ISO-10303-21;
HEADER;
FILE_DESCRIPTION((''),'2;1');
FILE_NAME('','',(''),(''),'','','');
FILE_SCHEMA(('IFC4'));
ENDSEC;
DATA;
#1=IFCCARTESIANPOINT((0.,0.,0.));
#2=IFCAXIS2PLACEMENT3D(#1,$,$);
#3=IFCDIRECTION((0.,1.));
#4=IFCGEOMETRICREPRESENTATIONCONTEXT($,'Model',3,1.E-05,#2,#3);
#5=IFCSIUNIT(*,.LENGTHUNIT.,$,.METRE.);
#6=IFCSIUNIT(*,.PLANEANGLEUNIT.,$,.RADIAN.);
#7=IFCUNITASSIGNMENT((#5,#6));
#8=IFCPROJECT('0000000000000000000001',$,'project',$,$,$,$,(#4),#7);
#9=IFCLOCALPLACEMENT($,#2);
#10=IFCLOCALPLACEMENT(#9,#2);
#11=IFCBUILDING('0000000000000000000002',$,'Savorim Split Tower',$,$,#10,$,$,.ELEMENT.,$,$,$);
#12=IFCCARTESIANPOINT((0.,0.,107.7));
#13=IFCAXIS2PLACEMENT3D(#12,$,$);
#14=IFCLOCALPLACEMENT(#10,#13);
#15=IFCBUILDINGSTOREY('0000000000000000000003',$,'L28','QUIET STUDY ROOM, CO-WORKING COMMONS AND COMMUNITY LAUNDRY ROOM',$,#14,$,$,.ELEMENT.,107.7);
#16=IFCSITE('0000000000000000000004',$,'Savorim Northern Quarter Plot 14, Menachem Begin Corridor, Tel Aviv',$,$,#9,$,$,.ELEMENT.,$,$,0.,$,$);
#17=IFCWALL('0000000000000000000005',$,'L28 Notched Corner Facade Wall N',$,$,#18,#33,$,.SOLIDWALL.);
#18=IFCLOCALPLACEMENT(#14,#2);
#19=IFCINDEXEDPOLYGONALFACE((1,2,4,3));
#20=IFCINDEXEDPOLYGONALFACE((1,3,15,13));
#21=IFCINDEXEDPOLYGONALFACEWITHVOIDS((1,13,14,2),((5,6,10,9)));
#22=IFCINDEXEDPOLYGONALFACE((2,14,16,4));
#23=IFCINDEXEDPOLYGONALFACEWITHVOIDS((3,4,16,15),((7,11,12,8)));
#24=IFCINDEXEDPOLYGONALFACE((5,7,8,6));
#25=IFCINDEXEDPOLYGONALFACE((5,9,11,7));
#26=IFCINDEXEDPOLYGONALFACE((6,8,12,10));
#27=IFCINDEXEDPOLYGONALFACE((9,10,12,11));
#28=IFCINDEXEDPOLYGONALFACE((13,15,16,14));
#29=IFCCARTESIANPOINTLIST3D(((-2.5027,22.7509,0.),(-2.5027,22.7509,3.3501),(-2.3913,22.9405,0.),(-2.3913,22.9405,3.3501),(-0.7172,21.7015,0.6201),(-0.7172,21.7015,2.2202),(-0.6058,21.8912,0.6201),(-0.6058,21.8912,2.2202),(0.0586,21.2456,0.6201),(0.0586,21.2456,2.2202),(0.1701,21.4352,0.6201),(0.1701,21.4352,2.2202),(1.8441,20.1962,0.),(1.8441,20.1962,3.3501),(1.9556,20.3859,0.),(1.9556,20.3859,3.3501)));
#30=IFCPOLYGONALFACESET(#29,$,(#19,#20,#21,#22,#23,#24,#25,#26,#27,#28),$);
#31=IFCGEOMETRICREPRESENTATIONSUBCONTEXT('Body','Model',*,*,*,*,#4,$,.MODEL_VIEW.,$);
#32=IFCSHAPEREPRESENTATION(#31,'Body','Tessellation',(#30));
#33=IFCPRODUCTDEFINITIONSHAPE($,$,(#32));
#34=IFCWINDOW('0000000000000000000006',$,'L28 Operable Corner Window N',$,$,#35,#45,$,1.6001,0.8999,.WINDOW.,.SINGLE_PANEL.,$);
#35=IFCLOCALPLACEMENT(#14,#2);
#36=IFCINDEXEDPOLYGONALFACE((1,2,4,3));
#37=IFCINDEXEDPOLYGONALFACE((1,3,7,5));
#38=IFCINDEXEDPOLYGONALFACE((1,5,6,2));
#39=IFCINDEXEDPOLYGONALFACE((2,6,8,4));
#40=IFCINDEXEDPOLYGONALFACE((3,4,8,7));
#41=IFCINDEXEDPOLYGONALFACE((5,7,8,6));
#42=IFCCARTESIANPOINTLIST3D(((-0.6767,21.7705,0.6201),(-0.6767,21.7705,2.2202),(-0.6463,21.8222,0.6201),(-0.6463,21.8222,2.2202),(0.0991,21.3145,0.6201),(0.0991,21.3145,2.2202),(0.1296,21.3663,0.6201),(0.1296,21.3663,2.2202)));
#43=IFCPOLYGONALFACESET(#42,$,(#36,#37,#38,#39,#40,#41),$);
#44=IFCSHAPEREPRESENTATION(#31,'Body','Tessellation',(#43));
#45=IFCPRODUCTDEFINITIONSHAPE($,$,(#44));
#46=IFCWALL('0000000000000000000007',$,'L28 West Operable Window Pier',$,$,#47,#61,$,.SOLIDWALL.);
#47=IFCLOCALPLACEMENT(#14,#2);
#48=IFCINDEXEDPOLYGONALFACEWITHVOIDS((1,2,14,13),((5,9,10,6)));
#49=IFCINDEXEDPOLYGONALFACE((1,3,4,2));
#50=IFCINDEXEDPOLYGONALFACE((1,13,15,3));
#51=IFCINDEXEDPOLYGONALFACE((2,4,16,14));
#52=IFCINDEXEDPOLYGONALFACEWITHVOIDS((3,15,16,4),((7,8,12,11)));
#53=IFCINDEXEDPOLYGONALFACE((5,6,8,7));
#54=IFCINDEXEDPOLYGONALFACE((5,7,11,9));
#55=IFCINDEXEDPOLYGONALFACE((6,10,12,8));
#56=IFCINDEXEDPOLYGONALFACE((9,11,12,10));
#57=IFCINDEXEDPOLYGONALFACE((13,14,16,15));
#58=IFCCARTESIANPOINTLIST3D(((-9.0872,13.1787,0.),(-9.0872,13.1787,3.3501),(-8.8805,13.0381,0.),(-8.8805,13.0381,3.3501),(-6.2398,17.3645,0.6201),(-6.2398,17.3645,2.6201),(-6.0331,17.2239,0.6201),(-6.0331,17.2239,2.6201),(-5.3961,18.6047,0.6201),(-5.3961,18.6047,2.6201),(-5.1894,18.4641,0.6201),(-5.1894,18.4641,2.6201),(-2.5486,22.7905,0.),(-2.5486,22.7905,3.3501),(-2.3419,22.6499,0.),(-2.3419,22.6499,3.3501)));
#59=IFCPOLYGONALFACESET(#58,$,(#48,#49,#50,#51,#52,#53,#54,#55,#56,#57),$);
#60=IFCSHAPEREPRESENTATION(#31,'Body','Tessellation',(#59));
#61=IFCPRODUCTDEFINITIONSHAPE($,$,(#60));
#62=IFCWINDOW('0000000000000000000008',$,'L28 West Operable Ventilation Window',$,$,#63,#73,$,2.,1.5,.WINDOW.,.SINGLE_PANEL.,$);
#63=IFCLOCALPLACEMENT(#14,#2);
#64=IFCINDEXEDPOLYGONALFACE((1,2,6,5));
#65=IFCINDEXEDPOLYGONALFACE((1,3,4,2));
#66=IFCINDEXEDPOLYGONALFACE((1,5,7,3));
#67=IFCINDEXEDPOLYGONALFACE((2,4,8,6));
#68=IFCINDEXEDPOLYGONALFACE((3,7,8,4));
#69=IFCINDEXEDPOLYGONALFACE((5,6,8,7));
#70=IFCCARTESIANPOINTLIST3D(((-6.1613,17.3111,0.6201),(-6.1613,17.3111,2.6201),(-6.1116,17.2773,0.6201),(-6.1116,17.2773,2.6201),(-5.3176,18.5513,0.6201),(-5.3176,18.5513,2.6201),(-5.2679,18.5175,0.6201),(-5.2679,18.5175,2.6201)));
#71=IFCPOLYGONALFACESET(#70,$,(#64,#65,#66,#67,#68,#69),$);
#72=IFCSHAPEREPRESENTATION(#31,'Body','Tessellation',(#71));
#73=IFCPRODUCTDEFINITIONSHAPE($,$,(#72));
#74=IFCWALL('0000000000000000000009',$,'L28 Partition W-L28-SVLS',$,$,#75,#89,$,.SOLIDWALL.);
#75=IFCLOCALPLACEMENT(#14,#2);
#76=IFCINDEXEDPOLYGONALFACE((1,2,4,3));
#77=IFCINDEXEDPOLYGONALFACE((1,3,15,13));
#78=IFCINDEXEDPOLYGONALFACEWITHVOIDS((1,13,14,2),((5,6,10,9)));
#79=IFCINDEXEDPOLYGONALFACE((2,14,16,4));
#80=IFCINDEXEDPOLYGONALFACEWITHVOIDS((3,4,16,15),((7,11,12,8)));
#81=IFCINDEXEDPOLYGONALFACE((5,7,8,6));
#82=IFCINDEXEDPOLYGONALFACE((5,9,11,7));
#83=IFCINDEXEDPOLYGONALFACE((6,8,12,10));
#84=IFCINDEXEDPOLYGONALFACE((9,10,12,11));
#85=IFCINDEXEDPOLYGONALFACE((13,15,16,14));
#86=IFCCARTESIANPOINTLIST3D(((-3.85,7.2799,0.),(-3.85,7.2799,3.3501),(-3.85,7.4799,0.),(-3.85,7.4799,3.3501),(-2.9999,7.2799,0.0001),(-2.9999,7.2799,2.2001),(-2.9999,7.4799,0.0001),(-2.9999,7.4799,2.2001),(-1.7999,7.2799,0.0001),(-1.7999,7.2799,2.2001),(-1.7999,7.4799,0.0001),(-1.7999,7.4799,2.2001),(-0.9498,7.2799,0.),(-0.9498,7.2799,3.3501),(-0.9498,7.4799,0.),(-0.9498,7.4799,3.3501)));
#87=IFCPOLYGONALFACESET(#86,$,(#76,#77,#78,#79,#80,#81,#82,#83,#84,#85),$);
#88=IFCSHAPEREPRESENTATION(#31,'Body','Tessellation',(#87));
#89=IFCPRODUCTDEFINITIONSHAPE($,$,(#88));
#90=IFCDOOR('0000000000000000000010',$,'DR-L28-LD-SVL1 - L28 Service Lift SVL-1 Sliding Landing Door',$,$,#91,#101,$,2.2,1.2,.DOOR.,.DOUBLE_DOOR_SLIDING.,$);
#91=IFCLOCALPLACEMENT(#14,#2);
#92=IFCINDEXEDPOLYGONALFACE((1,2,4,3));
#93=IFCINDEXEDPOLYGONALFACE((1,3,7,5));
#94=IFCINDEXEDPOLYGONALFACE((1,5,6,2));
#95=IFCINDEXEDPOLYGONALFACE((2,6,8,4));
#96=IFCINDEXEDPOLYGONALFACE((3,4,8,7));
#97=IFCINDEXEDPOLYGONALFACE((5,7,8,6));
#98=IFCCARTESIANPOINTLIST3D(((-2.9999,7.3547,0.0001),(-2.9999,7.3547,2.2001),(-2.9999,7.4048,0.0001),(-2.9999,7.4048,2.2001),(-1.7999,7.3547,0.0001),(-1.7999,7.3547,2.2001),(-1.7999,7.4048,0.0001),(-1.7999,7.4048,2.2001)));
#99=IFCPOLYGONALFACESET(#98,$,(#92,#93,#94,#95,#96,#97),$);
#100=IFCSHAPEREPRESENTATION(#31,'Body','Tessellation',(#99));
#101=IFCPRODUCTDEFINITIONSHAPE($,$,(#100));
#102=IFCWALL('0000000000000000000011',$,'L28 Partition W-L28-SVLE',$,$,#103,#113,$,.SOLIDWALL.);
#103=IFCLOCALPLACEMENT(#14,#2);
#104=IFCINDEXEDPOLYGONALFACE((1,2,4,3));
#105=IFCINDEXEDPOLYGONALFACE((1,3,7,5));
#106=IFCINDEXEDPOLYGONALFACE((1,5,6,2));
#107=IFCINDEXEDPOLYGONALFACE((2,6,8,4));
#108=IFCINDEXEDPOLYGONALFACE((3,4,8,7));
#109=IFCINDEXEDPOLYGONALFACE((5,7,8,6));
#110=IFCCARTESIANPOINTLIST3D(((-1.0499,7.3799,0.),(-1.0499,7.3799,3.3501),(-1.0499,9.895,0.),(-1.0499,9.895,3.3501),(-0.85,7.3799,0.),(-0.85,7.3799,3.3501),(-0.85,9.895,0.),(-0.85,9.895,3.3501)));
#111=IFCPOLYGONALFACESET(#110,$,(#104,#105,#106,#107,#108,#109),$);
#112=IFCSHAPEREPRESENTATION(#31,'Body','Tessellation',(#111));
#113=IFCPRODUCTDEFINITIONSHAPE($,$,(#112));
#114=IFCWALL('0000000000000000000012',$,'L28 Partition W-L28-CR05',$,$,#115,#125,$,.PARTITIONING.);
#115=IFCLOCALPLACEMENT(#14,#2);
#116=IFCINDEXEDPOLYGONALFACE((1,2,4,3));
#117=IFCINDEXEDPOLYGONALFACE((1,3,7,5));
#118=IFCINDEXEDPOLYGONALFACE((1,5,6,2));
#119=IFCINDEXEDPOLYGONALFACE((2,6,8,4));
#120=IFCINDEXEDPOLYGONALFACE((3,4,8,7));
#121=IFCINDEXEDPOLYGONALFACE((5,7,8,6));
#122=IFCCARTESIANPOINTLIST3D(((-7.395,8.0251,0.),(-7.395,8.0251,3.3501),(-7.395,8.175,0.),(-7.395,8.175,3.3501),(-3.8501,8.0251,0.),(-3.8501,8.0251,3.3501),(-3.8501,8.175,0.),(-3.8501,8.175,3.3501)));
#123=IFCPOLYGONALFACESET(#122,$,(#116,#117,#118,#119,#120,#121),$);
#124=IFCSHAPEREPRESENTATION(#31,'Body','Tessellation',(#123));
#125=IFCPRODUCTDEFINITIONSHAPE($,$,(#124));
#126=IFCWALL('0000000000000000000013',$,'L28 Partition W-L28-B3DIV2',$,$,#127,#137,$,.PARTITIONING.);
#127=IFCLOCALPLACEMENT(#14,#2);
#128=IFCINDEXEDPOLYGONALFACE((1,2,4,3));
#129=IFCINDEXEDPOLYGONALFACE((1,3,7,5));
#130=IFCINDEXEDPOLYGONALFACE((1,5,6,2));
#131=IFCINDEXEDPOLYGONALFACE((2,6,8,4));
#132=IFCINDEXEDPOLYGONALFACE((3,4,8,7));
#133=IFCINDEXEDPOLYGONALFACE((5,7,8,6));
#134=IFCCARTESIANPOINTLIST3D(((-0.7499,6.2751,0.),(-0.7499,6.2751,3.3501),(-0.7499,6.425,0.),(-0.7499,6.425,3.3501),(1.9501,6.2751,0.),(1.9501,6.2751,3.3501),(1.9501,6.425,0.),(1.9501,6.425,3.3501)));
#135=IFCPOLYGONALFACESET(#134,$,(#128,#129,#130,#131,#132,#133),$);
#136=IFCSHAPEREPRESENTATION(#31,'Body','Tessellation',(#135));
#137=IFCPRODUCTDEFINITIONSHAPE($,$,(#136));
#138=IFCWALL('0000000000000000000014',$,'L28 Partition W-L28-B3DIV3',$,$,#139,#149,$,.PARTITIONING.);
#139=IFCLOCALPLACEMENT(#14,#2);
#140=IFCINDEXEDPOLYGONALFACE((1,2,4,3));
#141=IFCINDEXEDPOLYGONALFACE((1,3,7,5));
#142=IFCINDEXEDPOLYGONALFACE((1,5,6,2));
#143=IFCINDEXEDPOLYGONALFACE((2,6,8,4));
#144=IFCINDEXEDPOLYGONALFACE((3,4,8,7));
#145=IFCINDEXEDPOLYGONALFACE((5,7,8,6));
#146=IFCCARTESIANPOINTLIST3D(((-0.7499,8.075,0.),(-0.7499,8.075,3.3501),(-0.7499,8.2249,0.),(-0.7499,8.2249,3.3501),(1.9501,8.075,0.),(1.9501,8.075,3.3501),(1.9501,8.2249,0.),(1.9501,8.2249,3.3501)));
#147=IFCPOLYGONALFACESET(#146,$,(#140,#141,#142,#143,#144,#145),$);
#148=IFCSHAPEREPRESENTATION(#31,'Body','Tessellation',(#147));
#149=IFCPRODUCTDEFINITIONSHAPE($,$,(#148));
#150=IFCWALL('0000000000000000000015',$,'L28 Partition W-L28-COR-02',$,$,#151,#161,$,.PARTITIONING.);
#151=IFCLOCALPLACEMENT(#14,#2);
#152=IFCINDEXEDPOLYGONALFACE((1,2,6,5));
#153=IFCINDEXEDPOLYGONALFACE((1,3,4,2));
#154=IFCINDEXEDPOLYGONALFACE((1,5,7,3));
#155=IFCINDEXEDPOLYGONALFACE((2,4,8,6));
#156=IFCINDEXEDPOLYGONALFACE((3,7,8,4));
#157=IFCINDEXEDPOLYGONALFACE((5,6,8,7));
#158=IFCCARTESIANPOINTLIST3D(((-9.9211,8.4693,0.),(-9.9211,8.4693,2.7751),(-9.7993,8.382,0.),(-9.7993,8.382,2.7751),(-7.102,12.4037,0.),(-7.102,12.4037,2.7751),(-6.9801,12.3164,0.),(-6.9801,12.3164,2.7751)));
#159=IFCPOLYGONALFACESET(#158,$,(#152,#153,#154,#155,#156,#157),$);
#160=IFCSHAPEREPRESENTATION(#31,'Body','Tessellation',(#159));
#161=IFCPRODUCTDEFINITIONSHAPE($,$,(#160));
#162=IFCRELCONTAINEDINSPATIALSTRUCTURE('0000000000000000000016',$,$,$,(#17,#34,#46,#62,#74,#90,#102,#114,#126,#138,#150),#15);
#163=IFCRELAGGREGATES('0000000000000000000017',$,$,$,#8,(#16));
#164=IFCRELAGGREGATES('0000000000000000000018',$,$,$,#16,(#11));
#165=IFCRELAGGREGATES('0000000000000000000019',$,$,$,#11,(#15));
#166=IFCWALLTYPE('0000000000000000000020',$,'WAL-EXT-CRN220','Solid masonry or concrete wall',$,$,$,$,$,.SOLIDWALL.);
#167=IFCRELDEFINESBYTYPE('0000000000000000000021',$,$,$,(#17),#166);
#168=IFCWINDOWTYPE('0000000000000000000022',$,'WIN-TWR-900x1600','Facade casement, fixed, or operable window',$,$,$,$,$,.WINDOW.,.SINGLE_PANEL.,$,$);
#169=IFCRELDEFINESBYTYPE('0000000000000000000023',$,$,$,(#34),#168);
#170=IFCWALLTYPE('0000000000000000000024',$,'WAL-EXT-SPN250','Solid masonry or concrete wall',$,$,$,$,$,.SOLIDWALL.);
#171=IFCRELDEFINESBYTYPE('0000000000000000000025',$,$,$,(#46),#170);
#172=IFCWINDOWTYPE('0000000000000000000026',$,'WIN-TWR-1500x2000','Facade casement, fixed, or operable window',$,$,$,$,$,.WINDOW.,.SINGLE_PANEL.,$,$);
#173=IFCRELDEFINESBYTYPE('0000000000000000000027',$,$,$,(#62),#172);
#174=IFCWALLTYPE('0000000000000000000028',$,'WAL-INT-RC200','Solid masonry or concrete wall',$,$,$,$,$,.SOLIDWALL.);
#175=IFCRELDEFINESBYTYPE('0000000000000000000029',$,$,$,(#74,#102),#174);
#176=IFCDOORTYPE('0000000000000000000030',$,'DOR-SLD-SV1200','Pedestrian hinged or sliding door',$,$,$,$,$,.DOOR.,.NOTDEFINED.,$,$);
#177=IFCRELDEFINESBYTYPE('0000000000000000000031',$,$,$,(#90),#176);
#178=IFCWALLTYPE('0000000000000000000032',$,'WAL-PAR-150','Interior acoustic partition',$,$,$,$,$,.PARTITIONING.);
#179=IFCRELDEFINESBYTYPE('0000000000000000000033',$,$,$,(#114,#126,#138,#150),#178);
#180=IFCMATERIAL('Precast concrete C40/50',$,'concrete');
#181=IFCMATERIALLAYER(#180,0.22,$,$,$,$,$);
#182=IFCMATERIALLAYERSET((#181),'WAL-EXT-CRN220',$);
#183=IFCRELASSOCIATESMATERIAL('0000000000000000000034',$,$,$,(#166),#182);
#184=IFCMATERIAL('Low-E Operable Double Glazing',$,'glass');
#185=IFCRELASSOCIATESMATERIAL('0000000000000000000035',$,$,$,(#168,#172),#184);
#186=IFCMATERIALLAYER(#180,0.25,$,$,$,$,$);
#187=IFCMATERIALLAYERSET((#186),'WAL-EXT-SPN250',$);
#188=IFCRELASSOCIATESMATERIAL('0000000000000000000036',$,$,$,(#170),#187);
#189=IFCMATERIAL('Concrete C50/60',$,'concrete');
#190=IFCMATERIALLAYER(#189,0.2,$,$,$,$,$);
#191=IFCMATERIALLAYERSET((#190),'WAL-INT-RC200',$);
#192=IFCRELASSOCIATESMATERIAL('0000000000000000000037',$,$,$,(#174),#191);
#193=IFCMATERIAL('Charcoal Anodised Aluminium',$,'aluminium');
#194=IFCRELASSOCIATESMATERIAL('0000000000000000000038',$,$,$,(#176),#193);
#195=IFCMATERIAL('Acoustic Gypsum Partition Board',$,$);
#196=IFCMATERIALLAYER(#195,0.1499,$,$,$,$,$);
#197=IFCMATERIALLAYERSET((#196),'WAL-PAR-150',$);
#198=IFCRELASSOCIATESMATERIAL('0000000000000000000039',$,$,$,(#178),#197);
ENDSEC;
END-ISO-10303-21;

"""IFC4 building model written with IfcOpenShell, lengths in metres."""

from ifc_helpers import new_model, si_unit, direction, frame, frame_2d, origin, place, context, subcontext, project, spatial, rectangle, extrude, material, layer, layer_set, type_object, element, fill, save


model = new_model("IFC4")

# Units and contexts
model_context = context("Model", 3, precision=1e-05, world=origin(), true_north=direction((0.0, 1.0)))
body_context = subcontext(model_context, "Body", "Model", "MODEL_VIEW")
ifc_project = project(units=[si_unit("LENGTHUNIT", "METRE"), si_unit("PLANEANGLEUNIT", "RADIAN")], contexts=[model_context])

# Site, building, storey
site_placement = place(None, origin())
site = spatial("IfcSite", under=ifc_project, at=site_placement, Name="Savorim Northern Quarter Plot 14, Menachem Begin Corridor, Tel Aviv", CompositionType="ELEMENT", RefElevation=0.0)
building_placement = place(site_placement, origin())
building = spatial("IfcBuilding", under=site, at=building_placement, Name="Savorim Split Tower", CompositionType="ELEMENT")
storey_placement = place(building_placement, frame((0.0, 0.0, 107.7)))
storey = spatial("IfcBuildingStorey", under=building, at=storey_placement, Name="L28", Description="QUIET STUDY ROOM, CO-WORKING COMMONS AND COMMUNITY LAUNDRY ROOM", CompositionType="ELEMENT", Elevation=107.7)

# Shared definitions
ifc_material_1 = material(Name="Charcoal Anodised Aluminium", Category="aluminium")

# Walls, openings, windows
ifc_material_2 = material(Name="Precast concrete C40/50", Category="concrete")
ifc_layer_1 = layer(ifc_material_2, 0.22)
ifc_layer_set_1 = layer_set([ifc_layer_1], Name="WAL-EXT-CRN220")
wall_type_1 = type_object("IfcWallType", Name="WAL-EXT-CRN220", Description="Solid masonry or concrete wall", PredefinedType="SOLIDWALL", material=ifc_layer_set_1)
wall_1_placement = place(storey_placement, frame((-2.447, 22.8457, 0.0), z_axis=(0.0, 0.0, 1.0), x_axis=(0.862136, -0.506677, 0.0)))
wall_1 = element("IfcWall", 1, at=wall_1_placement, inside=storey, type_object=wall_type_1, Name="L28 Notched Corner Facade Wall N", PredefinedType="SOLIDWALL", context=body_context, shape_type="SweptSolid", body=[
    extrude(rectangle(XDim=5.042, YDim=0.22, at=frame_2d((2.521, 0.0))), origin(), (0.0, 0.0, 1.0), 3.3501),
])
opening_1_placement = place(wall_1_placement, frame((2.071, 0.0, 0.6201)))
opening_1 = element("IfcOpeningElement", 2, at=opening_1_placement, cuts=wall_1, PredefinedType="OPENING", context=body_context, shape_type="SweptSolid", body=[
    extrude(rectangle(XDim=0.8999, YDim=1.6001, at=frame_2d((0.45, 0.8))), frame((0.0, 0.1199, 0.0), z_axis=(0.0, -1.0, 0.0), x_axis=(1.0, 0.0, 0.0)), (0.0, 0.0, 1.0), 0.24),
])
ifc_material_3 = material(Name="Low-E Operable Double Glazing", Category="glass")
window_type_1 = type_object("IfcWindowType", Name="WIN-TWR-900x1600", Description="Facade casement, fixed, or operable window", PartitioningType="SINGLE_PANEL", PredefinedType="WINDOW", material=ifc_material_3)
window_1_placement = place(opening_1_placement, origin())
window_1 = element("IfcWindow", 3, at=window_1_placement, inside=storey, type_object=window_type_1, Name="L28 Operable Corner Window N", OverallHeight=1.6001, OverallWidth=0.8999, PartitioningType="SINGLE_PANEL", PredefinedType="WINDOW", context=body_context, shape_type="SweptSolid", body=[
    extrude(rectangle(XDim=0.8999, YDim=1.6001, at=frame_2d((0.45, 0.8))), frame((0.0, 0.03, 0.0), z_axis=(0.0, -1.0, 0.0), x_axis=(1.0, 0.0, 0.0)), (0.0, 0.0, 1.0), 0.0601),
])
fill(opening_1, window_1)
ifc_layer_2 = layer(ifc_material_2, 0.25)
ifc_layer_set_2 = layer_set([ifc_layer_2], Name="WAL-EXT-SPN250")
wall_type_2 = type_object("IfcWallType", Name="WAL-EXT-SPN250", Description="Solid masonry or concrete wall", PredefinedType="SOLIDWALL", material=ifc_layer_set_2)
wall_2_placement = place(storey_placement, frame((-8.9839, 13.1084, 0.0), z_axis=(0.0, 0.0, 1.0), x_axis=(0.562459, 0.826825, 0.0)))
wall_2 = element("IfcWall", 4, at=wall_2_placement, inside=storey, type_object=wall_type_2, Name="L28 West Operable Window Pier", PredefinedType="SOLIDWALL", context=body_context, shape_type="SweptSolid", body=[
    extrude(rectangle(XDim=11.625, YDim=0.25, at=frame_2d((5.8125, 0.0))), origin(), (0.0, 0.0, 1.0), 3.3501),
])
opening_2_placement = place(wall_2_placement, frame((5.0625, 0.0, 0.6201)))
opening_2 = element("IfcOpeningElement", 5, at=opening_2_placement, cuts=wall_2, PredefinedType="OPENING", context=body_context, shape_type="SweptSolid", body=[
    extrude(rectangle(XDim=1.5, YDim=2.0, at=frame_2d((0.75, 1.0))), frame((0.0, 0.135, 0.0), z_axis=(0.0, -1.0, 0.0), x_axis=(1.0, 0.0, 0.0)), (0.0, 0.0, 1.0), 0.27),
])
window_type_2 = type_object("IfcWindowType", Name="WIN-TWR-1500x2000", Description="Facade casement, fixed, or operable window", PartitioningType="SINGLE_PANEL", PredefinedType="WINDOW", material=ifc_material_3)
window_2_placement = place(opening_2_placement, origin())
window_2 = element("IfcWindow", 6, at=window_2_placement, inside=storey, type_object=window_type_2, Name="L28 West Operable Ventilation Window", OverallHeight=2.0, OverallWidth=1.5, PartitioningType="SINGLE_PANEL", PredefinedType="WINDOW", context=body_context, shape_type="SweptSolid", body=[
    extrude(rectangle(XDim=1.5, YDim=2.0, at=frame_2d((0.75, 1.0))), frame((0.0, 0.03, 0.0), z_axis=(0.0, -1.0, 0.0), x_axis=(1.0, 0.0, 0.0)), (0.0, 0.0, 1.0), 0.0601),
])
fill(opening_2, window_2)

# Wall, opening, door
ifc_material_4 = material(Name="Concrete C50/60", Category="concrete")
ifc_layer_3 = layer(ifc_material_4, 0.2)
ifc_layer_set_3 = layer_set([ifc_layer_3], Name="WAL-INT-RC200")
wall_type_3 = type_object("IfcWallType", Name="WAL-INT-RC200", Description="Solid masonry or concrete wall", PredefinedType="SOLIDWALL", material=ifc_layer_set_3)
wall_3_placement = place(storey_placement, frame((-3.8501, 7.3799, 0.0), z_axis=(0.0, 0.0, 1.0), x_axis=(1.0, 0.0, 0.0)))
wall_3 = element("IfcWall", 7, at=wall_3_placement, inside=storey, type_object=wall_type_3, Name="L28 Partition W-L28-SVLS", PredefinedType="SOLIDWALL", context=body_context, shape_type="SweptSolid", body=[
    extrude(rectangle(XDim=2.9001, YDim=0.2, at=frame_2d((1.4502, 0.0))), origin(), (0.0, 0.0, 1.0), 3.3501),
])
opening_3_placement = place(wall_3_placement, frame((0.8501, 0.0, 0.0)))
opening_3 = element("IfcOpeningElement", 8, at=opening_3_placement, cuts=wall_3, PredefinedType="OPENING", context=body_context, shape_type="SweptSolid", body=[
    extrude(rectangle(XDim=1.2, YDim=2.2, at=frame_2d((0.6001, 1.1001))), frame((0.0, 0.1099, 0.0), z_axis=(0.0, -1.0, 0.0), x_axis=(1.0, 0.0, 0.0)), (0.0, 0.0, 1.0), 0.22),
])
door_type_1 = type_object("IfcDoorType", Name="DOR-SLD-SV1200", Description="Pedestrian hinged or sliding door", OperationType="NOTDEFINED", PredefinedType="DOOR", material=ifc_material_1)
door_1_placement = place(opening_3_placement, origin())
door_1 = element("IfcDoor", 9, at=door_1_placement, inside=storey, type_object=door_type_1, Name="DR-L28-LD-SVL1 - L28 Service Lift SVL-1 Sliding Landing Door", OperationType="DOUBLE_DOOR_SLIDING", OverallHeight=2.2, OverallWidth=1.2, PredefinedType="DOOR", context=body_context, shape_type="SweptSolid", body=[
    extrude(rectangle(XDim=1.2, YDim=2.2, at=frame_2d((0.6001, 1.1001))), frame((0.0, 0.0249, 0.0), z_axis=(0.0, -1.0, 0.0), x_axis=(1.0, 0.0, 0.0)), (0.0, 0.0, 1.0), 0.05),
])
fill(opening_3, door_1)

# Walls
wall_4_placement = place(storey_placement, frame((-0.95, 7.3799, 0.0), z_axis=(0.0, 0.0, 1.0), x_axis=(0.0, 1.0, 0.0)))
element("IfcWall", 10, at=wall_4_placement, inside=storey, type_object=wall_type_3, Name="L28 Partition W-L28-SVLE", PredefinedType="SOLIDWALL", context=body_context, shape_type="SweptSolid", body=[
    extrude(rectangle(XDim=2.5151, YDim=0.2, at=frame_2d((1.2576, 0.0))), origin(), (0.0, 0.0, 1.0), 3.3501),
])
ifc_material_5 = material(Name="Acoustic Gypsum Partition Board")
ifc_layer_4 = layer(ifc_material_5, 0.1499)
ifc_layer_set_4 = layer_set([ifc_layer_4], Name="WAL-PAR-150")
wall_type_4 = type_object("IfcWallType", Name="WAL-PAR-150", Description="Interior acoustic partition", PredefinedType="PARTITIONING", material=ifc_layer_set_4)
wall_5_placement = place(storey_placement, frame((-7.395, 8.1001, 0.0), z_axis=(0.0, 0.0, 1.0), x_axis=(1.0, 0.0, 0.0)))
element("IfcWall", 11, at=wall_5_placement, inside=storey, type_object=wall_type_4, Name="L28 Partition W-L28-CR05", PredefinedType="PARTITIONING", context=body_context, shape_type="SweptSolid", body=[
    extrude(rectangle(XDim=3.5449, YDim=0.1499, at=frame_2d((1.7725, 0.0))), origin(), (0.0, 0.0, 1.0), 3.3501),
])
for number, where, z_axis, x_axis, name in (
    (12, (-0.75, 6.3501, 0.0), (0.0, 0.0, 1.0), (1.0, 0.0, 0.0), "L28 Partition W-L28-B3DIV2"),
    (13, (-0.75, 8.1499, 0.0), (0.0, 0.0, 1.0), (1.0, 0.0, 0.0), "L28 Partition W-L28-B3DIV3"),
):
    element("IfcWall", number, at=place(storey_placement, frame(where, z_axis=z_axis, x_axis=x_axis)), inside=storey, type_object=wall_type_4, Name=name, PredefinedType="PARTITIONING", context=body_context, shape_type="SweptSolid", body=[
        extrude(rectangle(XDim=2.7, YDim=0.1499, at=frame_2d((1.3501, 0.0))), origin(), (0.0, 0.0, 1.0), 3.3501),
    ])
wall_6_placement = place(storey_placement, frame((-9.8601, 8.4258, 0.0), z_axis=(0.0, 0.0, 1.0), x_axis=(0.58245, 0.812867, 0.0)))
element("IfcWall", 14, at=wall_6_placement, inside=storey, type_object=wall_type_4, Name="L28 Partition W-L28-COR-02", PredefinedType="PARTITIONING", context=body_context, shape_type="SweptSolid", body=[
    extrude(rectangle(XDim=4.8401, YDim=0.1499, at=frame_2d((2.4199, 0.0))), origin(), (0.0, 0.0, 1.0), 2.7751),
])

save(model, "model.ifc")
